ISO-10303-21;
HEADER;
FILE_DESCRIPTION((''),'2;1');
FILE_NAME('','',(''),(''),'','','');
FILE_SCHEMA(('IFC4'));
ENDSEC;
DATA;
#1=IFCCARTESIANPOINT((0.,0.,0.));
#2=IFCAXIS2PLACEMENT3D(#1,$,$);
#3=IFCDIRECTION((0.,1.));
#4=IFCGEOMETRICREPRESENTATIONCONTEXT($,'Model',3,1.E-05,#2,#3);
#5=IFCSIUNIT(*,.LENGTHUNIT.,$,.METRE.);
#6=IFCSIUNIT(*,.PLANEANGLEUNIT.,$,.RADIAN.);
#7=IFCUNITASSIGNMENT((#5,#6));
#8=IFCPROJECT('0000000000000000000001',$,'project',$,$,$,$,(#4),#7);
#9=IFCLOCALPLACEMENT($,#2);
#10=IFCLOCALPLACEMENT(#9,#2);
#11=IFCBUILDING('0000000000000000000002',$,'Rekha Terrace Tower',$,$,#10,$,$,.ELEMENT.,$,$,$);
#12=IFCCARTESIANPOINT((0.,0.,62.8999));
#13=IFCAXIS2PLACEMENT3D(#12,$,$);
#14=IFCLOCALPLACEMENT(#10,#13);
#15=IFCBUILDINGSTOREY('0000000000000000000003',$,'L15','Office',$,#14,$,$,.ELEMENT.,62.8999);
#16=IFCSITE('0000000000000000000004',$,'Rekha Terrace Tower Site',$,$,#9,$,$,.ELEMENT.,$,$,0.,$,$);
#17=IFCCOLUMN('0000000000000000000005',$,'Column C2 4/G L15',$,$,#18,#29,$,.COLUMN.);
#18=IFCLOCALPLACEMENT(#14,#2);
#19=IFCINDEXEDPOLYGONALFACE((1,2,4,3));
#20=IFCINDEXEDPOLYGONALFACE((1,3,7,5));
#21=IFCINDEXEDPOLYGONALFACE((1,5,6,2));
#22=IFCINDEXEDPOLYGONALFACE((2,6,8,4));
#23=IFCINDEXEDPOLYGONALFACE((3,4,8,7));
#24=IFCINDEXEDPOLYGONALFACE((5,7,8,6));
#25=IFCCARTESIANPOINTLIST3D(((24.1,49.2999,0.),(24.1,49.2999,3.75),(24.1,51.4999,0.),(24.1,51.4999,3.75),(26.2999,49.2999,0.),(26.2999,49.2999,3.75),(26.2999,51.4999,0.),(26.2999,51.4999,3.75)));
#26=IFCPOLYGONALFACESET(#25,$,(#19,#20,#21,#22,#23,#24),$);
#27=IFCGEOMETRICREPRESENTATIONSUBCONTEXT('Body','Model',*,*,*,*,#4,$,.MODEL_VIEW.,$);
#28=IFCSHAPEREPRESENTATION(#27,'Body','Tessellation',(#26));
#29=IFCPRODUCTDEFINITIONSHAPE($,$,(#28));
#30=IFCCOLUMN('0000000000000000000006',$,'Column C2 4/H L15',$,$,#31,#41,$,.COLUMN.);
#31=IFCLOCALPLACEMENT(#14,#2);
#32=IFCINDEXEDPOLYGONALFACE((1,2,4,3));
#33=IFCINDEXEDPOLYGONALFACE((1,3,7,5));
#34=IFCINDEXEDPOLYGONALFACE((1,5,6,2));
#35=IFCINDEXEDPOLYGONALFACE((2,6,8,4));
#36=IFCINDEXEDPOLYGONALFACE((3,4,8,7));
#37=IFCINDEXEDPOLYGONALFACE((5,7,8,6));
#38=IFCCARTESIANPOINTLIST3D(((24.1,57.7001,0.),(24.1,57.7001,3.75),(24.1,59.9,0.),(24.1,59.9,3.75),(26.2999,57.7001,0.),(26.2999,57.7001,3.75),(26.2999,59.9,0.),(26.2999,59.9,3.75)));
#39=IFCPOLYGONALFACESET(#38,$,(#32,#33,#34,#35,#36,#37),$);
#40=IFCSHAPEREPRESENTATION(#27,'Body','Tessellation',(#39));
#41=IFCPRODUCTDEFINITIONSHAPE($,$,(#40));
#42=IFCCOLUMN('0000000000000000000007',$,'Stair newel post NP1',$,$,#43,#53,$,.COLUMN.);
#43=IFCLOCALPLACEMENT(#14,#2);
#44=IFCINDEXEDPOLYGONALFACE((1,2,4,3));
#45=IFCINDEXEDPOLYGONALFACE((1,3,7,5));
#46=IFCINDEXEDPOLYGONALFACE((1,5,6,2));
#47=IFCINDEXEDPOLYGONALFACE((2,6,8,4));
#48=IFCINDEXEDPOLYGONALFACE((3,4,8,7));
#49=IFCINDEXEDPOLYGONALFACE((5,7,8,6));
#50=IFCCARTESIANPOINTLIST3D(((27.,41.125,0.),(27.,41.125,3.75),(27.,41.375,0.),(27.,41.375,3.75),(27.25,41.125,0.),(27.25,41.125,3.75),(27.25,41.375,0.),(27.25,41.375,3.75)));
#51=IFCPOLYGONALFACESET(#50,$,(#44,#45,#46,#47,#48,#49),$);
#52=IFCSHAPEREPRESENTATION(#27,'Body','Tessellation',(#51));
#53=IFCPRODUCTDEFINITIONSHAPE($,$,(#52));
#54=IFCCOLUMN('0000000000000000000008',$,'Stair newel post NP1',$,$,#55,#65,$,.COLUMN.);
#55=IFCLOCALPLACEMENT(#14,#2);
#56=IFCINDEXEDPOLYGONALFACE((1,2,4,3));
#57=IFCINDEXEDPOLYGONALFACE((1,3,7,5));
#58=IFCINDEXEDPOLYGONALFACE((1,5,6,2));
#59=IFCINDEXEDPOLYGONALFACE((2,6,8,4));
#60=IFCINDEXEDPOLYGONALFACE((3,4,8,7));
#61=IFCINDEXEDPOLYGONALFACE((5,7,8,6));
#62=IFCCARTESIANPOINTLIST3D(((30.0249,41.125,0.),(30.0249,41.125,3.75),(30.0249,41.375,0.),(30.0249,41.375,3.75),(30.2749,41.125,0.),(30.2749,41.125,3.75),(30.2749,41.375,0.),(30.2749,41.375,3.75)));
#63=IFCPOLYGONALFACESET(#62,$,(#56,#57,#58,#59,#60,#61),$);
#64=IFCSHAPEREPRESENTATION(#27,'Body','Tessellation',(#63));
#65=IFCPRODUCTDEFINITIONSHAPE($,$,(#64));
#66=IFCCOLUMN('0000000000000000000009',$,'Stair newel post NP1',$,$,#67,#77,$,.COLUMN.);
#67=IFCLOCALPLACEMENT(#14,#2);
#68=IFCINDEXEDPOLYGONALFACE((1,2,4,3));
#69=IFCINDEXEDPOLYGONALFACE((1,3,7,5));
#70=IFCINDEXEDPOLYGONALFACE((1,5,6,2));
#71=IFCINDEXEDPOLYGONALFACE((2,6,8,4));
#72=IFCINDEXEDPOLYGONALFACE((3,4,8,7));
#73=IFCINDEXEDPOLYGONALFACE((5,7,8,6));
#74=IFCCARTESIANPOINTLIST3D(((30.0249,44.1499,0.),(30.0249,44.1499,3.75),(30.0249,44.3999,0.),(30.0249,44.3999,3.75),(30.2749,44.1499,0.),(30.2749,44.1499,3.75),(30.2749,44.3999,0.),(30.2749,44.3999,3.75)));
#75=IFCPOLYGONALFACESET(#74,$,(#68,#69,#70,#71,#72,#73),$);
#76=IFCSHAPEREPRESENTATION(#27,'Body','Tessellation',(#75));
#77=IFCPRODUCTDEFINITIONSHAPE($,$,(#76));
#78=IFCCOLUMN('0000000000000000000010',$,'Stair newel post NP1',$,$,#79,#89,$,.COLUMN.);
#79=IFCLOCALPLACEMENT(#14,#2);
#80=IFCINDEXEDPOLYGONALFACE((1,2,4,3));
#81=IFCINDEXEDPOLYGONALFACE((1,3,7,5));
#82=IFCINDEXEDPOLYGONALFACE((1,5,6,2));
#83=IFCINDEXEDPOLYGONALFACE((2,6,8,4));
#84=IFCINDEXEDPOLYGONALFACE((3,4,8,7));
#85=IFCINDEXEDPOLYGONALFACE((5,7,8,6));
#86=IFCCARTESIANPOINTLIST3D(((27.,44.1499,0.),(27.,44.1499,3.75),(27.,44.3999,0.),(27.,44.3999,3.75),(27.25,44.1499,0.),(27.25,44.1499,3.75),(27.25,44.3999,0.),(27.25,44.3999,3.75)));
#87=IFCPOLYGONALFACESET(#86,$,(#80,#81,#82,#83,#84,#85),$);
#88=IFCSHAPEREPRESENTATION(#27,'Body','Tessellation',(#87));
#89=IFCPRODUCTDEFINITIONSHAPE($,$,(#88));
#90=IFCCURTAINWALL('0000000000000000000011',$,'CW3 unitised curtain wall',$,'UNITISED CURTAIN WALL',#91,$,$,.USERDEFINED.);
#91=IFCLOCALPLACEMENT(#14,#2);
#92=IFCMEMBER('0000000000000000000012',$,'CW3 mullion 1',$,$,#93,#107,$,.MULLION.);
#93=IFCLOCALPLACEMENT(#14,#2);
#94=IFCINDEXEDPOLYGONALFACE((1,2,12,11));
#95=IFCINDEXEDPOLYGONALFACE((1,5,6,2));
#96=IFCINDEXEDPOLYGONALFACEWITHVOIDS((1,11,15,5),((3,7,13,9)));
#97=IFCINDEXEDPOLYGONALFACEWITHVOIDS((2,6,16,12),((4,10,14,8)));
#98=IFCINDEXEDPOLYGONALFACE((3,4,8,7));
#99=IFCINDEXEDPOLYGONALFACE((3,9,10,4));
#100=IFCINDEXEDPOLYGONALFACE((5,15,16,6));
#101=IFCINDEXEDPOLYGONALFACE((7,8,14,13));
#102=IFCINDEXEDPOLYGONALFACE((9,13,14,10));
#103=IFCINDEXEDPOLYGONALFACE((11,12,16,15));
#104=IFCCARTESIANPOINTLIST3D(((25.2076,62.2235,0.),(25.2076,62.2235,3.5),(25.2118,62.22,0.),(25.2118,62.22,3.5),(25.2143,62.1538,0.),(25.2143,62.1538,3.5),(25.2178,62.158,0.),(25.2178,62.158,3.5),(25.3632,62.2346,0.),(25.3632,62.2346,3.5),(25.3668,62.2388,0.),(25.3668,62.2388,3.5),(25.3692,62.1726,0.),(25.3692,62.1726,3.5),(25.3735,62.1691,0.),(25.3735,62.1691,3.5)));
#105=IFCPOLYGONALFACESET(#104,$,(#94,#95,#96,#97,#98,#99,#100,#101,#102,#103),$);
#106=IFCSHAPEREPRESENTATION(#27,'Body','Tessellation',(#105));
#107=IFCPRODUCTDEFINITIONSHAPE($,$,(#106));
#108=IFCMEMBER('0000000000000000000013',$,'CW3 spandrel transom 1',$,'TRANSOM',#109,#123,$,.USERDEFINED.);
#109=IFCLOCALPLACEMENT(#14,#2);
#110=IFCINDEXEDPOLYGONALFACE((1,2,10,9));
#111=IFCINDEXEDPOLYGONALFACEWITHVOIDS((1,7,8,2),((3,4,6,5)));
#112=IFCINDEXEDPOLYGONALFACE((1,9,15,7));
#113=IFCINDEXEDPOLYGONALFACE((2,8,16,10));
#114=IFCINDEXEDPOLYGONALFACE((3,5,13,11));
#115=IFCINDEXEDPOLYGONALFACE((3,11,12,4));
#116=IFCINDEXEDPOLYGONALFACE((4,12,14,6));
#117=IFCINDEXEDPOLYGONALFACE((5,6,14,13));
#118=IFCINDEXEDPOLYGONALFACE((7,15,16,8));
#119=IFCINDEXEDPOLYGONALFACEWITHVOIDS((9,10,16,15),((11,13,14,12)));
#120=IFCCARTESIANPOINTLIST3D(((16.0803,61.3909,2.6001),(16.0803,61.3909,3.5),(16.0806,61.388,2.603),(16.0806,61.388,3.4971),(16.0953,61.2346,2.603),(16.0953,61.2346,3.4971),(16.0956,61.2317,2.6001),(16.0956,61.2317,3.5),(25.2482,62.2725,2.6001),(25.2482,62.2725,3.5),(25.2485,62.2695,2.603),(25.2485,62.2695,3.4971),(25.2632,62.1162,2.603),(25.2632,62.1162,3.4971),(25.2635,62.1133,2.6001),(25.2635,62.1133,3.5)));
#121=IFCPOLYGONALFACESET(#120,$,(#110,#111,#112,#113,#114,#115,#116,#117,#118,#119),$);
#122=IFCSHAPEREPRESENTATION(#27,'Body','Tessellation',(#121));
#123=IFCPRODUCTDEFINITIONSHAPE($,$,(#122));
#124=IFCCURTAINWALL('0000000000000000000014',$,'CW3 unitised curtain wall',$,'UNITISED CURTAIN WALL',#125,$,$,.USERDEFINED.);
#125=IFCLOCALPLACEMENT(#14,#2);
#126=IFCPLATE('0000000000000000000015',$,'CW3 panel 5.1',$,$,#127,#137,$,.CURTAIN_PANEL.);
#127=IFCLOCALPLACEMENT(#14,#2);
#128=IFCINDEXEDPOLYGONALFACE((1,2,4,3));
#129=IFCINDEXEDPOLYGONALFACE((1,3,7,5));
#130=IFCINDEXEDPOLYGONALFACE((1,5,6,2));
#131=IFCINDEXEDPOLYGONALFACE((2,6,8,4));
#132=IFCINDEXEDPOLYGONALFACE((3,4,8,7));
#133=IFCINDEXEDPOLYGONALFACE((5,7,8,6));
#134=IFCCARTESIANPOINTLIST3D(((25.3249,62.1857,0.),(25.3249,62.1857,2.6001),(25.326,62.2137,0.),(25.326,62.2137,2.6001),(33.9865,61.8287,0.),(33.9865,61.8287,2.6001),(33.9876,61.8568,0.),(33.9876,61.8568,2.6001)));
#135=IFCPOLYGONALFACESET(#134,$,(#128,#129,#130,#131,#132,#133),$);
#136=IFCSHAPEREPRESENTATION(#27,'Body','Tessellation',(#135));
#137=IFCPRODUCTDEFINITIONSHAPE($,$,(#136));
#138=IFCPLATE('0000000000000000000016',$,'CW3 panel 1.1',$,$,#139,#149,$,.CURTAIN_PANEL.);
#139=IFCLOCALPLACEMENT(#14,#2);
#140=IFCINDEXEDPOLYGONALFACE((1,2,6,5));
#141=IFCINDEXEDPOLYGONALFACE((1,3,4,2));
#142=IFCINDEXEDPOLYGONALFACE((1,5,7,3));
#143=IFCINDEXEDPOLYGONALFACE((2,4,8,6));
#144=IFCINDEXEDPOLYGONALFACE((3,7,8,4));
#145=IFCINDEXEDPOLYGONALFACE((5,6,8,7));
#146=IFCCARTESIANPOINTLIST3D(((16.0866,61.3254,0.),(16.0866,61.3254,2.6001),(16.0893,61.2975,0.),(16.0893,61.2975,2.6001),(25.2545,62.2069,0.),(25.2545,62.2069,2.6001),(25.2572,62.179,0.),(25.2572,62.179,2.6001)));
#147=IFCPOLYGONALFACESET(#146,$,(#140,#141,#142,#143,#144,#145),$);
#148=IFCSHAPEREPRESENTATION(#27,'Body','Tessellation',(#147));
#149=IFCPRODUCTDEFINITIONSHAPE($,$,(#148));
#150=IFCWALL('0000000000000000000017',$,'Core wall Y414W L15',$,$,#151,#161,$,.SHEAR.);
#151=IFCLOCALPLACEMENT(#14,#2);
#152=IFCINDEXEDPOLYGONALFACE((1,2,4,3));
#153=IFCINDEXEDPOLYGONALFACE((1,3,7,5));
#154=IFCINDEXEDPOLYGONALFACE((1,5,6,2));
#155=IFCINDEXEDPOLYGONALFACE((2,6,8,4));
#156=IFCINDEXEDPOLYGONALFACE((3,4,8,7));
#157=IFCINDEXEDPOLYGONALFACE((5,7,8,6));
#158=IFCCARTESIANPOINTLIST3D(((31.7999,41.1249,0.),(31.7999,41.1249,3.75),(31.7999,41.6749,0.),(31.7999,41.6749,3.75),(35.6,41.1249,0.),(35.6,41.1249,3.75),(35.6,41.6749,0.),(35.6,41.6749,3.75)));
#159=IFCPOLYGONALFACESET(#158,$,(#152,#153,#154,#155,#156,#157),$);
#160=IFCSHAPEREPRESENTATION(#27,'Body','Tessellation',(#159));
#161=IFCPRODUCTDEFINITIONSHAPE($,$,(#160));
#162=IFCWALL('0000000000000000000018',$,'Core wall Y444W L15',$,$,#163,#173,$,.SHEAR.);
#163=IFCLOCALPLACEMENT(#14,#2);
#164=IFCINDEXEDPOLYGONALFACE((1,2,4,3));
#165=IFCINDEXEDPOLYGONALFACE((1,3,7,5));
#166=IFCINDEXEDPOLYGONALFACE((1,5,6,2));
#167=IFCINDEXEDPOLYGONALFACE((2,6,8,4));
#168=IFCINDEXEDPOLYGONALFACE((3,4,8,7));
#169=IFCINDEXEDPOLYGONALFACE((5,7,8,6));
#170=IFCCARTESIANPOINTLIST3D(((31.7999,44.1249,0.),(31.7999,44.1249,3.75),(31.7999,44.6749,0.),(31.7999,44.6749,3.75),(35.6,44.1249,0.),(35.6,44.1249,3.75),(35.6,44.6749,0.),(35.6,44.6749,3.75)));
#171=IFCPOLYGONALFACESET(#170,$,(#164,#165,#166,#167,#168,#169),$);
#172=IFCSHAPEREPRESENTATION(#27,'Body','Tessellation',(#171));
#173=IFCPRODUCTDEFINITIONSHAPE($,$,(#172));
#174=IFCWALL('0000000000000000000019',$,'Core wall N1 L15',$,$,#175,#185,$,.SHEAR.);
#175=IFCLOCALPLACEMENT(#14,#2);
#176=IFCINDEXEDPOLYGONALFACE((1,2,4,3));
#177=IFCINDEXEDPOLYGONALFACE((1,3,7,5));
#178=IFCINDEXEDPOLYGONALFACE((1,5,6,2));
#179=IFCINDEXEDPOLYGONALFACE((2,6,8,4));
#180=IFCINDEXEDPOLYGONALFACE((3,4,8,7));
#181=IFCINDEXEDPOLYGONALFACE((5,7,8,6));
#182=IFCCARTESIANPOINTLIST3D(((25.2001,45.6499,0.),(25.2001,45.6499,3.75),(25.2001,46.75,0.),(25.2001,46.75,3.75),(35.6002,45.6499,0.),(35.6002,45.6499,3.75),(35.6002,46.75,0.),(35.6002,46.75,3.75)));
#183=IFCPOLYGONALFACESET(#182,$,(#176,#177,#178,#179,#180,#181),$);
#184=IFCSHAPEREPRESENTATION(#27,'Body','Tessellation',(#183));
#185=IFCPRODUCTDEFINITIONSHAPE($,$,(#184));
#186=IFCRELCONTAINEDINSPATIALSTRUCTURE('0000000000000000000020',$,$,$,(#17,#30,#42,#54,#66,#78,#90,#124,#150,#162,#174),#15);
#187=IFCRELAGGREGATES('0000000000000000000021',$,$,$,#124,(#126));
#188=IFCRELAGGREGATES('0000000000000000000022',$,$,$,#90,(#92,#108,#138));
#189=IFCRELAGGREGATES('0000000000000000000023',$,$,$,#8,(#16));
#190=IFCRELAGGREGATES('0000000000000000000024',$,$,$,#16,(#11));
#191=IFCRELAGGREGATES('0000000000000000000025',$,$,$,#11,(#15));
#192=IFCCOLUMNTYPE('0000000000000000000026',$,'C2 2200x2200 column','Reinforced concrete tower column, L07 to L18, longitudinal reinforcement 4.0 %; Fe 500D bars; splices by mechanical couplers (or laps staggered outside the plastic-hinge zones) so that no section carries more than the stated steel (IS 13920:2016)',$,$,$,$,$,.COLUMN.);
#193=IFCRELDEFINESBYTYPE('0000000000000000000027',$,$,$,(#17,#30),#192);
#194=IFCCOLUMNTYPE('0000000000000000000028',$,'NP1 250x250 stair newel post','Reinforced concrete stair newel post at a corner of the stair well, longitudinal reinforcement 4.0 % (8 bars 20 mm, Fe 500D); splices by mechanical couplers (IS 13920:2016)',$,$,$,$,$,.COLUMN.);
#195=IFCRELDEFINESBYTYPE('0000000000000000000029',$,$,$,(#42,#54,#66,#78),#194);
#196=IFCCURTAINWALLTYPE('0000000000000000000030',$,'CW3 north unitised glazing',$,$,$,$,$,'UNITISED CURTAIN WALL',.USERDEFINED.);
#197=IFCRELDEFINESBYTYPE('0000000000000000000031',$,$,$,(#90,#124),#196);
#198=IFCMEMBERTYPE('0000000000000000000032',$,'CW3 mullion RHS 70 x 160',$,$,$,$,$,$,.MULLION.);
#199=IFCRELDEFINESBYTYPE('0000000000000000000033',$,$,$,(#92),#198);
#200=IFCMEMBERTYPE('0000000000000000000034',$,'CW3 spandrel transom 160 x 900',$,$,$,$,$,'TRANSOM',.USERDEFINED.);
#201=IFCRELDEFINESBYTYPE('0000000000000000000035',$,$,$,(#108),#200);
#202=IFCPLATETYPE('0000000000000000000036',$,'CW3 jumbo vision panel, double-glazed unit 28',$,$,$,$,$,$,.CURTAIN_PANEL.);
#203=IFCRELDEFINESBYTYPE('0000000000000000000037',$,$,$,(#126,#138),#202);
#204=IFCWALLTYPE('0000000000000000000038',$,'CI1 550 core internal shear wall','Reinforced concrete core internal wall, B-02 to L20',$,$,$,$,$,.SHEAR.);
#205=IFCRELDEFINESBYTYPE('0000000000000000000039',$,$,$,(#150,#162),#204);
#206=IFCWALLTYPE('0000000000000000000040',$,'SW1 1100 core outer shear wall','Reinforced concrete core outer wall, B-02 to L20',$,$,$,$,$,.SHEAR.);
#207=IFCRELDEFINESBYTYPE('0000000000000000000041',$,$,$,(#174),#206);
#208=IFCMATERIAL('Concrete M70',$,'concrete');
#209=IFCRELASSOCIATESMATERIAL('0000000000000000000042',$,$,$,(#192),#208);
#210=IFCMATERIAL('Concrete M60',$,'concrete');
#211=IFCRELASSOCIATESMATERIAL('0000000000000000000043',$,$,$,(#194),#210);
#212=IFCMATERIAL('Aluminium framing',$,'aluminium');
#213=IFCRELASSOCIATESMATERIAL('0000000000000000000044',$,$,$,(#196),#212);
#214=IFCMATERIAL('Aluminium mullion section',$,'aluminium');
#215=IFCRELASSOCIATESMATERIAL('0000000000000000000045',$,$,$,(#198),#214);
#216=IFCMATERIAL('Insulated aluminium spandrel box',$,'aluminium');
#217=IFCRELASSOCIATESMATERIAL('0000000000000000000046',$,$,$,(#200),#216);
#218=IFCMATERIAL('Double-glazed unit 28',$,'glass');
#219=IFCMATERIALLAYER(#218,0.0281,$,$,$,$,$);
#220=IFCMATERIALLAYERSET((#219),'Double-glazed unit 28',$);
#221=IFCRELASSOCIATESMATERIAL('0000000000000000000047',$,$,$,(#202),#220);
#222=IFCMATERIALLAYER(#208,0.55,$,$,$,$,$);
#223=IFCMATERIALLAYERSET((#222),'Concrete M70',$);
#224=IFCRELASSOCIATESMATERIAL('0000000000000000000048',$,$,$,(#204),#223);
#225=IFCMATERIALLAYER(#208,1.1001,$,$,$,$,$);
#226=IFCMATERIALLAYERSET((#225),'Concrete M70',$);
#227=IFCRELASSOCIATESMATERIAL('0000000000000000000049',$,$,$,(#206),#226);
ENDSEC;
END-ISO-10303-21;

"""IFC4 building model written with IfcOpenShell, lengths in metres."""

from ifc_helpers import new_model, si_unit, direction, frame, frame_2d, origin, origin_2d, place, context, subcontext, project, spatial, rectangle, hollow_rectangle, extrude, material, layer, layer_set, material_profile, profile_set, type_object, element, aggregate, save


model = new_model("IFC4")

# Units and contexts
model_context = context("Model", 3, precision=1e-05, world=origin(), true_north=direction((0.0, 1.0)))
body_context = subcontext(model_context, "Body", "Model", "MODEL_VIEW")
ifc_project = project(units=[si_unit("LENGTHUNIT", "METRE"), si_unit("PLANEANGLEUNIT", "RADIAN")], contexts=[model_context])

# Site, building, storey
site_placement = place(None, origin())
site = spatial("IfcSite", under=ifc_project, at=site_placement, Name="Rekha Terrace Tower Site", CompositionType="ELEMENT", RefElevation=0.0)
building_placement = place(site_placement, origin())
building = spatial("IfcBuilding", under=site, at=building_placement, Name="Rekha Terrace Tower", CompositionType="ELEMENT")
storey_placement = place(building_placement, frame((0.0, 0.0, 62.8999)))
storey = spatial("IfcBuildingStorey", under=building, at=storey_placement, Name="L15", Description="Office", CompositionType="ELEMENT", Elevation=62.8999)

# Columns
ifc_material_1 = material(Name="Concrete M70", Category="concrete")
ifc_material_profile_1 = material_profile(ifc_material_1, rectangle(XDim=2.2, YDim=2.2, at=origin_2d()), Name="RC 2200x2200")
ifc_profile_set_1 = profile_set([ifc_material_profile_1], Name="Concrete M70")
column_type_1 = type_object("IfcColumnType", Name="C2 2200x2200 column", Description="Reinforced concrete tower column, L07 to L18, longitudinal reinforcement 4.0 %; Fe 500D bars; splices by mechanical couplers (or laps staggered outside the plastic-hinge zones) so that no section carries more than the stated steel (IS 13920:2016)", PredefinedType="COLUMN", material=ifc_profile_set_1)
for number, where, z_axis, x_axis, name in (
    (1, (25.2, 50.3999, 0.0), (0.0, 0.0, 1.0), (1.0, 0.0, 0.0), "Column C2 4/G L15"),
    (2, (25.2, 58.8, 0.0), (0.0, 0.0, 1.0), (1.0, 0.0, 0.0), "Column C2 4/H L15"),
):
    element("IfcColumn", number, at=place(storey_placement, frame(where, z_axis=z_axis, x_axis=x_axis)), inside=storey, type_object=column_type_1, Name=name, PredefinedType="COLUMN", context=body_context, shape_type="SweptSolid", body=[
        extrude(rectangle(XDim=2.2, YDim=2.2, at=origin_2d()), origin(), (0.0, 0.0, 1.0), 3.75),
    ])
ifc_material_2 = material(Name="Concrete M60", Category="concrete")
ifc_material_profile_2 = material_profile(ifc_material_2, rectangle(XDim=0.25, YDim=0.25, at=origin_2d()), Name="RC 250x250")
ifc_profile_set_2 = profile_set([ifc_material_profile_2], Name="Concrete M60")
column_type_2 = type_object("IfcColumnType", Name="NP1 250x250 stair newel post", Description="Reinforced concrete stair newel post at a corner of the stair well, longitudinal reinforcement 4.0 % (8 bars 20 mm, Fe 500D); splices by mechanical couplers (IS 13920:2016)", PredefinedType="COLUMN", material=ifc_profile_set_2)
for number, where, z_axis, x_axis, name in (
    (3, (27.125, 41.25, 0.0), (0.0, 0.0, 1.0), (1.0, 0.0, 0.0), "Stair newel post NP1"),
    (4, (30.1499, 41.25, 0.0), (0.0, 0.0, 1.0), (1.0, 0.0, 0.0), "Stair newel post NP1"),
    (5, (30.1499, 44.2749, 0.0), (0.0, 0.0, 1.0), (1.0, 0.0, 0.0), "Stair newel post NP1"),
    (6, (27.125, 44.2749, 0.0), (0.0, 0.0, 1.0), (1.0, 0.0, 0.0), "Stair newel post NP1"),
):
    element("IfcColumn", number, at=place(storey_placement, frame(where, z_axis=z_axis, x_axis=x_axis)), inside=storey, type_object=column_type_2, Name=name, PredefinedType="COLUMN", context=body_context, shape_type="SweptSolid", body=[
        extrude(rectangle(XDim=0.25, YDim=0.25, at=origin_2d()), origin(), (0.0, 0.0, 1.0), 3.75),
    ])

# Curtain wall, members
ifc_material_3 = material(Name="Aluminium framing", Category="aluminium")
curtain_wall_type = type_object("IfcCurtainWallType", Name="CW3 north unitised glazing", ElementType="UNITISED CURTAIN WALL", PredefinedType="USERDEFINED", material=ifc_material_3)
curtain_wall_1_placement = place(storey_placement, origin())
curtain_wall_1 = element("IfcCurtainWall", 7, at=curtain_wall_1_placement, inside=storey, type_object=curtain_wall_type, Name="CW3 unitised curtain wall", ObjectType="UNITISED CURTAIN WALL", PredefinedType="USERDEFINED")
ifc_material_4 = material(Name="Aluminium mullion section", Category="aluminium")
ifc_material_profile_3 = material_profile(ifc_material_4, hollow_rectangle(XDim=0.0701, YDim=0.1599, WallThickness=0.0039, at=origin_2d()), Name="AL RHS 70x160")
ifc_profile_set_3 = profile_set([ifc_material_profile_3], Name="Aluminium mullion section")
member_type_1 = type_object("IfcMemberType", Name="CW3 mullion RHS 70 x 160", PredefinedType="MULLION", material=ifc_profile_set_3)
member_1_placement = place(storey_placement, frame((25.2905, 62.1963, 0.0), z_axis=(0.0, 0.0, 1.0), x_axis=(0.095712, -0.995409, 0.0)))
member_1 = element("IfcMember", 8, at=member_1_placement, type_object=member_type_1, Name="CW3 mullion 1", PredefinedType="MULLION", context=body_context, shape_type="SweptSolid", body=[
    extrude(hollow_rectangle(XDim=0.0701, YDim=0.1599, WallThickness=0.0039, at=origin_2d()), origin(), (0.0, 0.0, 1.0), 3.5),
])
ifc_material_5 = material(Name="Insulated aluminium spandrel box", Category="aluminium")
ifc_material_profile_4 = material_profile(ifc_material_5, hollow_rectangle(XDim=0.1599, YDim=0.8999, WallThickness=0.0029, at=origin_2d()), Name="AL SPANDREL BOX 160x900")
ifc_profile_set_4 = profile_set([ifc_material_profile_4], Name="Insulated aluminium spandrel box")
member_type_2 = type_object("IfcMemberType", Name="CW3 spandrel transom 160 x 900", ElementType="TRANSOM", PredefinedType="USERDEFINED", material=ifc_profile_set_4)
member_2_placement = place(storey_placement, frame((25.2559, 62.1929, 3.05), z_axis=(-0.995408, -0.095718, 0.0), x_axis=(0.095718, -0.995408, 0.0)))
member_2 = element("IfcMember", 9, at=member_2_placement, type_object=member_type_2, Name="CW3 spandrel transom 1", ObjectType="TRANSOM", PredefinedType="USERDEFINED", context=body_context, shape_type="SweptSolid", body=[
    extrude(hollow_rectangle(XDim=0.1599, YDim=0.8999, WallThickness=0.0029, at=origin_2d()), origin(), (0.0, 0.0, 1.0), 9.2102),
])

# Curtain wall, plate
curtain_wall_2_placement = place(storey_placement, origin())
curtain_wall_2 = element("IfcCurtainWall", 10, at=curtain_wall_2_placement, inside=storey, type_object=curtain_wall_type, Name="CW3 unitised curtain wall", ObjectType="UNITISED CURTAIN WALL", PredefinedType="USERDEFINED")
ifc_material_6 = material(Name="Double-glazed unit 28", Category="glass")
ifc_layer_1 = layer(ifc_material_6, 0.0281)
ifc_layer_set_1 = layer_set([ifc_layer_1], Name="Double-glazed unit 28")
plate_type = type_object("IfcPlateType", Name="CW3 jumbo vision panel, double-glazed unit 28", PredefinedType="CURTAIN_PANEL", material=ifc_layer_set_1)
plate_1_placement = place(storey_placement, frame((29.6562, 62.0212, 0.0), z_axis=(0.0, 0.0, 1.0), x_axis=(-0.999152, 0.041174, 0.0)))
plate_1 = element("IfcPlate", 11, at=plate_1_placement, type_object=plate_type, Name="CW3 panel 5.1", PredefinedType="CURTAIN_PANEL", context=body_context, shape_type="SweptSolid", body=[
    extrude(rectangle(XDim=8.6689, YDim=0.0281, at=origin_2d()), origin(), (0.0, 0.0, 1.0), 2.6001),
])
aggregate(curtain_wall_2, [plate_1])

# Plate
plate_2_placement = place(storey_placement, frame((20.6719, 61.7522, 0.0), z_axis=(0.0, 0.0, 1.0), x_axis=(-0.995409, -0.095712, 0.0)))
plate_2 = element("IfcPlate", 12, at=plate_2_placement, type_object=plate_type, Name="CW3 panel 1.1", PredefinedType="CURTAIN_PANEL", context=body_context, shape_type="SweptSolid", body=[
    extrude(rectangle(XDim=9.2102, YDim=0.0281, at=origin_2d()), origin(), (0.0, 0.0, 1.0), 2.6001),
])
aggregate(curtain_wall_1, [member_1, member_2, plate_2])

# Walls
ifc_layer_2 = layer(ifc_material_1, 0.55)
ifc_layer_set_2 = layer_set([ifc_layer_2], Name="Concrete M70")
wall_type_1 = type_object("IfcWallType", Name="CI1 550 core internal shear wall", Description="Reinforced concrete core internal wall, B-02 to L20", PredefinedType="SHEAR", material=ifc_layer_set_2)
for number, where, z_axis, x_axis, name in (
    (13, (31.8, 41.3999, 0.0), (0.0, 0.0, 1.0), (1.0, 0.0, 0.0), "Core wall Y414W L15"),
    (14, (31.8, 44.3999, 0.0), (0.0, 0.0, 1.0), (1.0, 0.0, 0.0), "Core wall Y444W L15"),
):
    element("IfcWall", number, at=place(storey_placement, frame(where, z_axis=z_axis, x_axis=x_axis)), inside=storey, type_object=wall_type_1, Name=name, PredefinedType="SHEAR", context=body_context, shape_type="SweptSolid", body=[
        extrude(rectangle(XDim=3.8, YDim=0.55, at=frame_2d((1.8999, 0.0))), origin(), (0.0, 0.0, 1.0), 3.75),
    ])
ifc_layer_3 = layer(ifc_material_1, 1.1001)
ifc_layer_set_3 = layer_set([ifc_layer_3], Name="Concrete M70")
wall_type_2 = type_object("IfcWallType", Name="SW1 1100 core outer shear wall", Description="Reinforced concrete core outer wall, B-02 to L20", PredefinedType="SHEAR", material=ifc_layer_set_3)
wall_1_placement = place(storey_placement, frame((25.2, 46.2, 0.0), z_axis=(0.0, 0.0, 1.0), x_axis=(1.0, 0.0, 0.0)))
element("IfcWall", 15, at=wall_1_placement, inside=storey, type_object=wall_type_2, Name="Core wall N1 L15", PredefinedType="SHEAR", context=body_context, shape_type="SweptSolid", body=[
    extrude(rectangle(XDim=10.4001, YDim=1.1001, at=frame_2d((5.2002, 0.0))), origin(), (0.0, 0.0, 1.0), 3.75),
])

save(model, "model.ifc")
